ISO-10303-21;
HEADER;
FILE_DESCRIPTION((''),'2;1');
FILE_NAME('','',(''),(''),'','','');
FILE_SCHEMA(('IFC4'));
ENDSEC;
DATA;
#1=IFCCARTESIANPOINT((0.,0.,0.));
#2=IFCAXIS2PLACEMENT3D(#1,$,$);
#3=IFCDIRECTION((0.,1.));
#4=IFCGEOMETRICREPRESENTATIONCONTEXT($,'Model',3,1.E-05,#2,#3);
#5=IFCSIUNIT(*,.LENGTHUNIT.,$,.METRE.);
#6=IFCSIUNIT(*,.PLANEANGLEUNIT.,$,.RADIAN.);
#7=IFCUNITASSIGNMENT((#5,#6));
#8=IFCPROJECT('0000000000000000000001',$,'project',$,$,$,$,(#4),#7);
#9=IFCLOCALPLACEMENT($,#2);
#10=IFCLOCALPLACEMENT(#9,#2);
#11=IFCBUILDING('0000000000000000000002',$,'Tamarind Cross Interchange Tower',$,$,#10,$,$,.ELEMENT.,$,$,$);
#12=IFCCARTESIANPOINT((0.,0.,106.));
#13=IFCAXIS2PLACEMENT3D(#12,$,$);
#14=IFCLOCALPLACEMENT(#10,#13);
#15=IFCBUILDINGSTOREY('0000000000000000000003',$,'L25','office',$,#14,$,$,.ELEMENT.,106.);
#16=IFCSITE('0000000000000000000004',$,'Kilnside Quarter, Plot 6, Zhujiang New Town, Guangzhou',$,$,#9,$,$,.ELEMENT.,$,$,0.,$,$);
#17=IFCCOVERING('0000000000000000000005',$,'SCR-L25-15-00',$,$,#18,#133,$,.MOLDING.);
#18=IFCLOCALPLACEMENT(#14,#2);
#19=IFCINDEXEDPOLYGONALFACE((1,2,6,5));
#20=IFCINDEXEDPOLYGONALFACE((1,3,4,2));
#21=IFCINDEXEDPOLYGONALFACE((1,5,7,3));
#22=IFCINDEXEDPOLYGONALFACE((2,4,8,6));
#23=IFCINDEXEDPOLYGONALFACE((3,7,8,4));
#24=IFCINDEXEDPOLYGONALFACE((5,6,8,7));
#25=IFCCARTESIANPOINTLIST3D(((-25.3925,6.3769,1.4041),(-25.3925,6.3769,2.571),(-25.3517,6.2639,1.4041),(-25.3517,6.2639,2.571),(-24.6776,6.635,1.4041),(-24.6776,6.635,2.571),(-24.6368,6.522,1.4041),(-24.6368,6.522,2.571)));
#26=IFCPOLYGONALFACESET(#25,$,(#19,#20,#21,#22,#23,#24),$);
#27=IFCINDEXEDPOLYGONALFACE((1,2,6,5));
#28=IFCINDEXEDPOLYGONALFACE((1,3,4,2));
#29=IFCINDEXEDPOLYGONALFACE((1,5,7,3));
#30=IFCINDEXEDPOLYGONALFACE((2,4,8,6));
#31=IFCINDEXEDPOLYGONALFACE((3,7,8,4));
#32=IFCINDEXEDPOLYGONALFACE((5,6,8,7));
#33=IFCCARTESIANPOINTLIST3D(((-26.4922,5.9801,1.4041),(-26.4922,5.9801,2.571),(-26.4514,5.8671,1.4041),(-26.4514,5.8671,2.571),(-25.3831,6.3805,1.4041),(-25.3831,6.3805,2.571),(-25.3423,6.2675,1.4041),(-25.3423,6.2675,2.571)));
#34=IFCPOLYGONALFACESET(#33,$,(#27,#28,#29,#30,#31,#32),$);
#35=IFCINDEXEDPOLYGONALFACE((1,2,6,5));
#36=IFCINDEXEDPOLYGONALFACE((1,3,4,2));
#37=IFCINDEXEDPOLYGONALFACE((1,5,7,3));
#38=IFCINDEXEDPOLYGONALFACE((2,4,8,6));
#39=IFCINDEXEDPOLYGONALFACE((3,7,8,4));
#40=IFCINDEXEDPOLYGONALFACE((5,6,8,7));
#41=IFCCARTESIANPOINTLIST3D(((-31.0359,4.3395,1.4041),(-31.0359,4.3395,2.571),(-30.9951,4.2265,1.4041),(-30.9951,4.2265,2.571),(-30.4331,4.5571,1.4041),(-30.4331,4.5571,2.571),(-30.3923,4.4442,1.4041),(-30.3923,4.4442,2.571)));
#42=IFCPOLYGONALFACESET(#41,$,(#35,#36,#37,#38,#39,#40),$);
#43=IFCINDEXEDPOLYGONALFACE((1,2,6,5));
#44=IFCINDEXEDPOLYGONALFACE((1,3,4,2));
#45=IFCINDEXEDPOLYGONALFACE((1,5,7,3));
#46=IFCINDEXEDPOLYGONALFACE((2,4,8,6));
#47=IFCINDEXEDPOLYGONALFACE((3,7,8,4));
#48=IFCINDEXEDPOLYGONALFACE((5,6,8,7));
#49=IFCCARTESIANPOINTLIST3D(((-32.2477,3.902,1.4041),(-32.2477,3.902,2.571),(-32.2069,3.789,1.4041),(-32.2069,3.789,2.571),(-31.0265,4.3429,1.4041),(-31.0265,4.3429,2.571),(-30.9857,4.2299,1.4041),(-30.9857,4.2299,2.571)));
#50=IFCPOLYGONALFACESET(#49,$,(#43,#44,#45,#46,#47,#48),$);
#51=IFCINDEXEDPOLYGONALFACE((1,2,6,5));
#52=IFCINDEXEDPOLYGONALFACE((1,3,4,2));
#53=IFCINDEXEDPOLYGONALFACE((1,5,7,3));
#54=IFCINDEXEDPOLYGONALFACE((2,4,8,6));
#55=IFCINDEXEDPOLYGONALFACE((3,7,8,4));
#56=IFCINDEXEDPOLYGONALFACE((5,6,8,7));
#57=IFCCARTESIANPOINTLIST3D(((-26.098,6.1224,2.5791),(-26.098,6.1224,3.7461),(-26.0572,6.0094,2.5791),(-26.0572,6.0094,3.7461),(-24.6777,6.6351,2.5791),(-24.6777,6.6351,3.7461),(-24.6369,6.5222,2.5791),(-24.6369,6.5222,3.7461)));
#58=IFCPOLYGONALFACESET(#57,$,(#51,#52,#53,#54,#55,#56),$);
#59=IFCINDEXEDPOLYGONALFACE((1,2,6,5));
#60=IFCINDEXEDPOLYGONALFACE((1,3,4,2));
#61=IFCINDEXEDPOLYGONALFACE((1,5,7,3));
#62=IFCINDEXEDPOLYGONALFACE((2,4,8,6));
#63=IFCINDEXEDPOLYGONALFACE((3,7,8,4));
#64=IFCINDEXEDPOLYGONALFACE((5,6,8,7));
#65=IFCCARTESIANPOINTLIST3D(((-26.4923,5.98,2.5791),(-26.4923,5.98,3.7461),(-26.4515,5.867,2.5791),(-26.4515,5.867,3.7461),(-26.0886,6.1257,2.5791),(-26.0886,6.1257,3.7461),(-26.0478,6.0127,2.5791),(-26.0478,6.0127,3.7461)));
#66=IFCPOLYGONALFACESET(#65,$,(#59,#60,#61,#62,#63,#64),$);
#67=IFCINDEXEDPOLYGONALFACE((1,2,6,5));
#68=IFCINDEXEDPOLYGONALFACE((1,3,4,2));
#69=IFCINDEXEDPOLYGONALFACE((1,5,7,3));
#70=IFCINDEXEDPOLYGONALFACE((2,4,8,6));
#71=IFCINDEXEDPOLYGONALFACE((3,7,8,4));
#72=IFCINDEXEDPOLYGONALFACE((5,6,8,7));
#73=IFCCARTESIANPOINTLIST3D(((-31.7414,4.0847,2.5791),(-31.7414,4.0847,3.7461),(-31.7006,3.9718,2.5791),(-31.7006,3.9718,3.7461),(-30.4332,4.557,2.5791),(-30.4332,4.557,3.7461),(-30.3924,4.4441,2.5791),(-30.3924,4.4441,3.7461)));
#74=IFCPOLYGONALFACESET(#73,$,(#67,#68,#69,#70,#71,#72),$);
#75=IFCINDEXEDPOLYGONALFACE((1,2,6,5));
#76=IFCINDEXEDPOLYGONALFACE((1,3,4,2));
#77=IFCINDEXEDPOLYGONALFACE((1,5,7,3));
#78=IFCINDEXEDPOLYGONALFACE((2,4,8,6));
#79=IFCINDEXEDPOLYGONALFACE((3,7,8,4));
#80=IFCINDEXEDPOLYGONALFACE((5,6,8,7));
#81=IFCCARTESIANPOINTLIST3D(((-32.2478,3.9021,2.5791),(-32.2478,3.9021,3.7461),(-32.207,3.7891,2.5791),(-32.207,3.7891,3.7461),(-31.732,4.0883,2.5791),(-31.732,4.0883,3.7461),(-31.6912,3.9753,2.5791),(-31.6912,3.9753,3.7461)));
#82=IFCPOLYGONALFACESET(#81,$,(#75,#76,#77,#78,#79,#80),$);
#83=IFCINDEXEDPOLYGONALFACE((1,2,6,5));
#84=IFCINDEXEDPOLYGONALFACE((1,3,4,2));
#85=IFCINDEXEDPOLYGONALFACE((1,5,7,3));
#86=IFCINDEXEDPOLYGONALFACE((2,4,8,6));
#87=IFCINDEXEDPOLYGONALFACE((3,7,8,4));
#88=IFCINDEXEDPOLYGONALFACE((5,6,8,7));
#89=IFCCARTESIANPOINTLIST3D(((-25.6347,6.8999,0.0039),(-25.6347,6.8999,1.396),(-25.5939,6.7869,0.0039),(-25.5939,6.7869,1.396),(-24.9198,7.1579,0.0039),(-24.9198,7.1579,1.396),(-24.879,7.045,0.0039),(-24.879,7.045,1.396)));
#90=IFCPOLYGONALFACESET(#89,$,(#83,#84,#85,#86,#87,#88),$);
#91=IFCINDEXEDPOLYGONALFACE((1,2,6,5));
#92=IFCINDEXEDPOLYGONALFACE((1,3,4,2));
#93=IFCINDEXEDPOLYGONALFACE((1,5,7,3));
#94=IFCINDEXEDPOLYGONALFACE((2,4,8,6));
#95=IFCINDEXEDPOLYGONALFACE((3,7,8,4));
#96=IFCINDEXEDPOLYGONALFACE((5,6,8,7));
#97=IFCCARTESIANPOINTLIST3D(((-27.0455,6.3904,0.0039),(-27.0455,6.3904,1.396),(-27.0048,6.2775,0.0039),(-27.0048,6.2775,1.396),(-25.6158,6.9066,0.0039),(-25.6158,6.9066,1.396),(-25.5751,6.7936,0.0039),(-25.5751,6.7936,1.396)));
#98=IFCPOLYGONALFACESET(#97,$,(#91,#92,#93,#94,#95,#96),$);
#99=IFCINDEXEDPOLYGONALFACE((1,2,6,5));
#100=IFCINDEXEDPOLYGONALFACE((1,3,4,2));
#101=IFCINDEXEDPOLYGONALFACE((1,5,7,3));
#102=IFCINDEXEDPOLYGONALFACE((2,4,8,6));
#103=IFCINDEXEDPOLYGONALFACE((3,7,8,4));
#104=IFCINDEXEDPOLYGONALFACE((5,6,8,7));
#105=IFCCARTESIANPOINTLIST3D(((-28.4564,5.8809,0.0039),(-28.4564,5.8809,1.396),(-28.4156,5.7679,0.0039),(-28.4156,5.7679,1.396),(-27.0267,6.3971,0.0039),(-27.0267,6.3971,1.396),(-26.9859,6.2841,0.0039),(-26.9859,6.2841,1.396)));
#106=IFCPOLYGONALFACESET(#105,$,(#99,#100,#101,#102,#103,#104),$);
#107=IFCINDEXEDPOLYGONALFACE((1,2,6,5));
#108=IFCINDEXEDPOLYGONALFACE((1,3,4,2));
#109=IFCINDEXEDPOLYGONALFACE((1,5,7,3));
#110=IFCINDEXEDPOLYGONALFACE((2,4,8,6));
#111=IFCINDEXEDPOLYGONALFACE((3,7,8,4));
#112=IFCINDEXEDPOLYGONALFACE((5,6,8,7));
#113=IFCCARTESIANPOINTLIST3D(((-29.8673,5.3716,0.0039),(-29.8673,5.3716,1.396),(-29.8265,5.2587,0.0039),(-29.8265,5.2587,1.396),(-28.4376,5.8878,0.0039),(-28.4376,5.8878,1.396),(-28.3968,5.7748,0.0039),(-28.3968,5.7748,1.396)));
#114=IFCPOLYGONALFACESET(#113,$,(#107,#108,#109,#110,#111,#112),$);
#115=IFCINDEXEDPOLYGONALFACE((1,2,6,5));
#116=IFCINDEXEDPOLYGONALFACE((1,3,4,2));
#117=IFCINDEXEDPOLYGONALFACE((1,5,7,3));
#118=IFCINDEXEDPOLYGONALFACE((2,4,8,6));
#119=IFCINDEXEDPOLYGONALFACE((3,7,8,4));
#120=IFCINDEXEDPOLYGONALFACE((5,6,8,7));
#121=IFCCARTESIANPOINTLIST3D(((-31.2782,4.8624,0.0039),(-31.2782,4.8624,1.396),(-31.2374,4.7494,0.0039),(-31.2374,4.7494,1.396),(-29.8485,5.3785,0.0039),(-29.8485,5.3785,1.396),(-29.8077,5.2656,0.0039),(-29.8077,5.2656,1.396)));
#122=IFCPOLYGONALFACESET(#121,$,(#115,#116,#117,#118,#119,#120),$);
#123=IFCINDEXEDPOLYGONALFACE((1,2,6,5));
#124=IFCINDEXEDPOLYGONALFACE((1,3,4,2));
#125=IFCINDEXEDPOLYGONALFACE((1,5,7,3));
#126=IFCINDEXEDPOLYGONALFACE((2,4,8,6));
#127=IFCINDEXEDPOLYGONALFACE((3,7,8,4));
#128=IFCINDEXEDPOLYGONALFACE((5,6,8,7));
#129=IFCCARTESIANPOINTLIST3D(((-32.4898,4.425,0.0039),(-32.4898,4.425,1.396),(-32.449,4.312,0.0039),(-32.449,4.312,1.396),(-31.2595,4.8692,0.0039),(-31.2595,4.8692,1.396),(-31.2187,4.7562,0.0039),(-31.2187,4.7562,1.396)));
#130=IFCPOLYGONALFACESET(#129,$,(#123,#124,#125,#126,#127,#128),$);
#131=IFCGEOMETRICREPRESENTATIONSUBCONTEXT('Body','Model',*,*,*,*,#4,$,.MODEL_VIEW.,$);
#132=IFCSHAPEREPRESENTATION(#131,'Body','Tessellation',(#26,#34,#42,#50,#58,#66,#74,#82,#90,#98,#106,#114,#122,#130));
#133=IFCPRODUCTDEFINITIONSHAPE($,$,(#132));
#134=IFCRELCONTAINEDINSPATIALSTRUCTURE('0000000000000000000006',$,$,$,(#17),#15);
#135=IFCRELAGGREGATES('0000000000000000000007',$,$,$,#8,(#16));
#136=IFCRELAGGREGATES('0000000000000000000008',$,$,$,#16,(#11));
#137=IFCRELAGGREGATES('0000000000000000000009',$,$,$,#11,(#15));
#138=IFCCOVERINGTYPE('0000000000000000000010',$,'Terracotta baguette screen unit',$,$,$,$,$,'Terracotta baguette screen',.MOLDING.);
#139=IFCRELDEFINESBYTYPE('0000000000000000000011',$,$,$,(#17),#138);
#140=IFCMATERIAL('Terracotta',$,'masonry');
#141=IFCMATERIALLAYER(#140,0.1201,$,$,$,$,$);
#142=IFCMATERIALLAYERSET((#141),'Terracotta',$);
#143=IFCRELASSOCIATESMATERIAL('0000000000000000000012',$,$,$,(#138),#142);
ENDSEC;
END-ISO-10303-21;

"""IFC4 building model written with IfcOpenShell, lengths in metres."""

from ifc_helpers import new_model, si_unit, direction, frame, origin, origin_2d, place, context, subcontext, project, spatial, rectangle, extrude, material, layer, layer_set, type_object, element, save


model = new_model("IFC4")

# Units and contexts
model_context = context("Model", 3, precision=1e-05, world=origin(), true_north=direction((0.0, 1.0)))
body_context = subcontext(model_context, "Body", "Model", "MODEL_VIEW")
ifc_project = project(units=[si_unit("LENGTHUNIT", "METRE"), si_unit("PLANEANGLEUNIT", "RADIAN")], contexts=[model_context])

# Site, building, storey
site_placement = place(None, origin())
site = spatial("IfcSite", under=ifc_project, at=site_placement, Name="Kilnside Quarter, Plot 6, Zhujiang New Town, Guangzhou", CompositionType="ELEMENT", RefElevation=0.0)
building_placement = place(site_placement, origin())
building = spatial("IfcBuilding", under=site, at=building_placement, Name="Tamarind Cross Interchange Tower", CompositionType="ELEMENT")
storey_placement = place(building_placement, frame((0.0, 0.0, 106.0)))
storey = spatial("IfcBuildingStorey", under=building, at=storey_placement, Name="L25", Description="office", CompositionType="ELEMENT", Elevation=106.0)

# Covering
ifc_material_1 = material(Name="Terracotta", Category="masonry")
ifc_layer_1 = layer(ifc_material_1, 0.1201)
ifc_layer_set_1 = layer_set([ifc_layer_1], Name="Terracotta")
covering_type = type_object("IfcCoveringType", Name="Terracotta baguette screen unit", ElementType="Terracotta baguette screen", PredefinedType="MOLDING", material=ifc_layer_set_1)
covering_1_placement = place(storey_placement, origin())
element("IfcCovering", 1, at=covering_1_placement, inside=storey, type_object=covering_type, Name="SCR-L25-15-00", PredefinedType="MOLDING", context=body_context, shape_type="SweptSolid", body=[
    extrude(rectangle(XDim=0.76, YDim=0.1201, at=origin_2d()), frame((-25.0146, 6.4495, 1.4041), z_axis=(0.0, 0.0, 1.0), x_axis=(-0.940578, -0.339579, 0.0)), (0.0, 0.0, 1.0), 1.167),
    extrude(rectangle(XDim=1.1792, YDim=0.1201, at=origin_2d()), frame((-25.9172, 6.1238, 1.4041), z_axis=(0.0, 0.0, 1.0), x_axis=(-0.940578, -0.339579, 0.0)), (0.0, 0.0, 1.0), 1.167),
    extrude(rectangle(XDim=0.6409, YDim=0.1201, at=origin_2d()), frame((-30.7141, 4.3918, 1.4041), z_axis=(0.0, 0.0, 1.0), x_axis=(-0.940578, -0.339579, 0.0)), (0.0, 0.0, 1.0), 1.167),
    extrude(rectangle(XDim=1.2983, YDim=0.1201, at=origin_2d()), frame((-31.6167, 4.0659, 1.4041), z_axis=(0.0, 0.0, 1.0), x_axis=(-0.940578, -0.339579, 0.0)), (0.0, 0.0, 1.0), 1.167),
    extrude(rectangle(XDim=1.51, YDim=0.1201, at=origin_2d()), frame((-25.3674, 6.3223, 2.5791), z_axis=(0.0, 0.0, 1.0), x_axis=(-0.940578, -0.339579, 0.0)), (0.0, 0.0, 1.0), 1.167),
    extrude(rectangle(XDim=0.4292, YDim=0.1201, at=origin_2d()), frame((-26.27, 5.9963, 2.5791), z_axis=(0.0, 0.0, 1.0), x_axis=(-0.940578, -0.339579, 0.0)), (0.0, 0.0, 1.0), 1.167),
    extrude(rectangle(XDim=1.3909, YDim=0.1201, at=origin_2d()), frame((-31.0669, 4.2644, 2.5791), z_axis=(0.0, 0.0, 1.0), x_axis=(-0.940578, -0.339579, 0.0)), (0.0, 0.0, 1.0), 1.167),
    extrude(rectangle(XDim=0.5483, YDim=0.1201, at=origin_2d()), frame((-31.9695, 3.9387, 2.5791), z_axis=(0.0, 0.0, 1.0), x_axis=(-0.940578, -0.339579, 0.0)), (0.0, 0.0, 1.0), 1.167),
    extrude(rectangle(XDim=0.76, YDim=0.1201, at=origin_2d()), frame((-25.2568, 6.9724, 0.0039), z_axis=(0.0, 0.0, 1.0), x_axis=(-0.940578, -0.339579, 0.0)), (0.0, 0.0, 1.0), 1.3921),
    extrude(rectangle(XDim=1.52, YDim=0.1201, at=origin_2d()), frame((-26.3103, 6.592, 0.0039), z_axis=(0.0, 0.0, 1.0), x_axis=(-0.940578, -0.339579, 0.0)), (0.0, 0.0, 1.0), 1.3921),
    extrude(rectangle(XDim=1.52, YDim=0.1201, at=origin_2d()), frame((-27.7212, 6.0825, 0.0039), z_axis=(0.0, 0.0, 1.0), x_axis=(-0.940578, -0.339579, 0.0)), (0.0, 0.0, 1.0), 1.3921),
    extrude(rectangle(XDim=1.52, YDim=0.1201, at=origin_2d()), frame((-29.1321, 5.5732, 0.0039), z_axis=(0.0, 0.0, 1.0), x_axis=(-0.940578, -0.339579, 0.0)), (0.0, 0.0, 1.0), 1.3921),
    extrude(rectangle(XDim=1.52, YDim=0.1201, at=origin_2d()), frame((-30.543, 5.064, 0.0039), z_axis=(0.0, 0.0, 1.0), x_axis=(-0.940578, -0.339579, 0.0)), (0.0, 0.0, 1.0), 1.3921),
    extrude(rectangle(XDim=1.3081, YDim=0.1201, at=origin_2d()), frame((-31.8542, 4.5906, 0.0039), z_axis=(0.0, 0.0, 1.0), x_axis=(-0.940578, -0.339579, 0.0)), (0.0, 0.0, 1.0), 1.3921),
])

save(model, "model.ifc")
